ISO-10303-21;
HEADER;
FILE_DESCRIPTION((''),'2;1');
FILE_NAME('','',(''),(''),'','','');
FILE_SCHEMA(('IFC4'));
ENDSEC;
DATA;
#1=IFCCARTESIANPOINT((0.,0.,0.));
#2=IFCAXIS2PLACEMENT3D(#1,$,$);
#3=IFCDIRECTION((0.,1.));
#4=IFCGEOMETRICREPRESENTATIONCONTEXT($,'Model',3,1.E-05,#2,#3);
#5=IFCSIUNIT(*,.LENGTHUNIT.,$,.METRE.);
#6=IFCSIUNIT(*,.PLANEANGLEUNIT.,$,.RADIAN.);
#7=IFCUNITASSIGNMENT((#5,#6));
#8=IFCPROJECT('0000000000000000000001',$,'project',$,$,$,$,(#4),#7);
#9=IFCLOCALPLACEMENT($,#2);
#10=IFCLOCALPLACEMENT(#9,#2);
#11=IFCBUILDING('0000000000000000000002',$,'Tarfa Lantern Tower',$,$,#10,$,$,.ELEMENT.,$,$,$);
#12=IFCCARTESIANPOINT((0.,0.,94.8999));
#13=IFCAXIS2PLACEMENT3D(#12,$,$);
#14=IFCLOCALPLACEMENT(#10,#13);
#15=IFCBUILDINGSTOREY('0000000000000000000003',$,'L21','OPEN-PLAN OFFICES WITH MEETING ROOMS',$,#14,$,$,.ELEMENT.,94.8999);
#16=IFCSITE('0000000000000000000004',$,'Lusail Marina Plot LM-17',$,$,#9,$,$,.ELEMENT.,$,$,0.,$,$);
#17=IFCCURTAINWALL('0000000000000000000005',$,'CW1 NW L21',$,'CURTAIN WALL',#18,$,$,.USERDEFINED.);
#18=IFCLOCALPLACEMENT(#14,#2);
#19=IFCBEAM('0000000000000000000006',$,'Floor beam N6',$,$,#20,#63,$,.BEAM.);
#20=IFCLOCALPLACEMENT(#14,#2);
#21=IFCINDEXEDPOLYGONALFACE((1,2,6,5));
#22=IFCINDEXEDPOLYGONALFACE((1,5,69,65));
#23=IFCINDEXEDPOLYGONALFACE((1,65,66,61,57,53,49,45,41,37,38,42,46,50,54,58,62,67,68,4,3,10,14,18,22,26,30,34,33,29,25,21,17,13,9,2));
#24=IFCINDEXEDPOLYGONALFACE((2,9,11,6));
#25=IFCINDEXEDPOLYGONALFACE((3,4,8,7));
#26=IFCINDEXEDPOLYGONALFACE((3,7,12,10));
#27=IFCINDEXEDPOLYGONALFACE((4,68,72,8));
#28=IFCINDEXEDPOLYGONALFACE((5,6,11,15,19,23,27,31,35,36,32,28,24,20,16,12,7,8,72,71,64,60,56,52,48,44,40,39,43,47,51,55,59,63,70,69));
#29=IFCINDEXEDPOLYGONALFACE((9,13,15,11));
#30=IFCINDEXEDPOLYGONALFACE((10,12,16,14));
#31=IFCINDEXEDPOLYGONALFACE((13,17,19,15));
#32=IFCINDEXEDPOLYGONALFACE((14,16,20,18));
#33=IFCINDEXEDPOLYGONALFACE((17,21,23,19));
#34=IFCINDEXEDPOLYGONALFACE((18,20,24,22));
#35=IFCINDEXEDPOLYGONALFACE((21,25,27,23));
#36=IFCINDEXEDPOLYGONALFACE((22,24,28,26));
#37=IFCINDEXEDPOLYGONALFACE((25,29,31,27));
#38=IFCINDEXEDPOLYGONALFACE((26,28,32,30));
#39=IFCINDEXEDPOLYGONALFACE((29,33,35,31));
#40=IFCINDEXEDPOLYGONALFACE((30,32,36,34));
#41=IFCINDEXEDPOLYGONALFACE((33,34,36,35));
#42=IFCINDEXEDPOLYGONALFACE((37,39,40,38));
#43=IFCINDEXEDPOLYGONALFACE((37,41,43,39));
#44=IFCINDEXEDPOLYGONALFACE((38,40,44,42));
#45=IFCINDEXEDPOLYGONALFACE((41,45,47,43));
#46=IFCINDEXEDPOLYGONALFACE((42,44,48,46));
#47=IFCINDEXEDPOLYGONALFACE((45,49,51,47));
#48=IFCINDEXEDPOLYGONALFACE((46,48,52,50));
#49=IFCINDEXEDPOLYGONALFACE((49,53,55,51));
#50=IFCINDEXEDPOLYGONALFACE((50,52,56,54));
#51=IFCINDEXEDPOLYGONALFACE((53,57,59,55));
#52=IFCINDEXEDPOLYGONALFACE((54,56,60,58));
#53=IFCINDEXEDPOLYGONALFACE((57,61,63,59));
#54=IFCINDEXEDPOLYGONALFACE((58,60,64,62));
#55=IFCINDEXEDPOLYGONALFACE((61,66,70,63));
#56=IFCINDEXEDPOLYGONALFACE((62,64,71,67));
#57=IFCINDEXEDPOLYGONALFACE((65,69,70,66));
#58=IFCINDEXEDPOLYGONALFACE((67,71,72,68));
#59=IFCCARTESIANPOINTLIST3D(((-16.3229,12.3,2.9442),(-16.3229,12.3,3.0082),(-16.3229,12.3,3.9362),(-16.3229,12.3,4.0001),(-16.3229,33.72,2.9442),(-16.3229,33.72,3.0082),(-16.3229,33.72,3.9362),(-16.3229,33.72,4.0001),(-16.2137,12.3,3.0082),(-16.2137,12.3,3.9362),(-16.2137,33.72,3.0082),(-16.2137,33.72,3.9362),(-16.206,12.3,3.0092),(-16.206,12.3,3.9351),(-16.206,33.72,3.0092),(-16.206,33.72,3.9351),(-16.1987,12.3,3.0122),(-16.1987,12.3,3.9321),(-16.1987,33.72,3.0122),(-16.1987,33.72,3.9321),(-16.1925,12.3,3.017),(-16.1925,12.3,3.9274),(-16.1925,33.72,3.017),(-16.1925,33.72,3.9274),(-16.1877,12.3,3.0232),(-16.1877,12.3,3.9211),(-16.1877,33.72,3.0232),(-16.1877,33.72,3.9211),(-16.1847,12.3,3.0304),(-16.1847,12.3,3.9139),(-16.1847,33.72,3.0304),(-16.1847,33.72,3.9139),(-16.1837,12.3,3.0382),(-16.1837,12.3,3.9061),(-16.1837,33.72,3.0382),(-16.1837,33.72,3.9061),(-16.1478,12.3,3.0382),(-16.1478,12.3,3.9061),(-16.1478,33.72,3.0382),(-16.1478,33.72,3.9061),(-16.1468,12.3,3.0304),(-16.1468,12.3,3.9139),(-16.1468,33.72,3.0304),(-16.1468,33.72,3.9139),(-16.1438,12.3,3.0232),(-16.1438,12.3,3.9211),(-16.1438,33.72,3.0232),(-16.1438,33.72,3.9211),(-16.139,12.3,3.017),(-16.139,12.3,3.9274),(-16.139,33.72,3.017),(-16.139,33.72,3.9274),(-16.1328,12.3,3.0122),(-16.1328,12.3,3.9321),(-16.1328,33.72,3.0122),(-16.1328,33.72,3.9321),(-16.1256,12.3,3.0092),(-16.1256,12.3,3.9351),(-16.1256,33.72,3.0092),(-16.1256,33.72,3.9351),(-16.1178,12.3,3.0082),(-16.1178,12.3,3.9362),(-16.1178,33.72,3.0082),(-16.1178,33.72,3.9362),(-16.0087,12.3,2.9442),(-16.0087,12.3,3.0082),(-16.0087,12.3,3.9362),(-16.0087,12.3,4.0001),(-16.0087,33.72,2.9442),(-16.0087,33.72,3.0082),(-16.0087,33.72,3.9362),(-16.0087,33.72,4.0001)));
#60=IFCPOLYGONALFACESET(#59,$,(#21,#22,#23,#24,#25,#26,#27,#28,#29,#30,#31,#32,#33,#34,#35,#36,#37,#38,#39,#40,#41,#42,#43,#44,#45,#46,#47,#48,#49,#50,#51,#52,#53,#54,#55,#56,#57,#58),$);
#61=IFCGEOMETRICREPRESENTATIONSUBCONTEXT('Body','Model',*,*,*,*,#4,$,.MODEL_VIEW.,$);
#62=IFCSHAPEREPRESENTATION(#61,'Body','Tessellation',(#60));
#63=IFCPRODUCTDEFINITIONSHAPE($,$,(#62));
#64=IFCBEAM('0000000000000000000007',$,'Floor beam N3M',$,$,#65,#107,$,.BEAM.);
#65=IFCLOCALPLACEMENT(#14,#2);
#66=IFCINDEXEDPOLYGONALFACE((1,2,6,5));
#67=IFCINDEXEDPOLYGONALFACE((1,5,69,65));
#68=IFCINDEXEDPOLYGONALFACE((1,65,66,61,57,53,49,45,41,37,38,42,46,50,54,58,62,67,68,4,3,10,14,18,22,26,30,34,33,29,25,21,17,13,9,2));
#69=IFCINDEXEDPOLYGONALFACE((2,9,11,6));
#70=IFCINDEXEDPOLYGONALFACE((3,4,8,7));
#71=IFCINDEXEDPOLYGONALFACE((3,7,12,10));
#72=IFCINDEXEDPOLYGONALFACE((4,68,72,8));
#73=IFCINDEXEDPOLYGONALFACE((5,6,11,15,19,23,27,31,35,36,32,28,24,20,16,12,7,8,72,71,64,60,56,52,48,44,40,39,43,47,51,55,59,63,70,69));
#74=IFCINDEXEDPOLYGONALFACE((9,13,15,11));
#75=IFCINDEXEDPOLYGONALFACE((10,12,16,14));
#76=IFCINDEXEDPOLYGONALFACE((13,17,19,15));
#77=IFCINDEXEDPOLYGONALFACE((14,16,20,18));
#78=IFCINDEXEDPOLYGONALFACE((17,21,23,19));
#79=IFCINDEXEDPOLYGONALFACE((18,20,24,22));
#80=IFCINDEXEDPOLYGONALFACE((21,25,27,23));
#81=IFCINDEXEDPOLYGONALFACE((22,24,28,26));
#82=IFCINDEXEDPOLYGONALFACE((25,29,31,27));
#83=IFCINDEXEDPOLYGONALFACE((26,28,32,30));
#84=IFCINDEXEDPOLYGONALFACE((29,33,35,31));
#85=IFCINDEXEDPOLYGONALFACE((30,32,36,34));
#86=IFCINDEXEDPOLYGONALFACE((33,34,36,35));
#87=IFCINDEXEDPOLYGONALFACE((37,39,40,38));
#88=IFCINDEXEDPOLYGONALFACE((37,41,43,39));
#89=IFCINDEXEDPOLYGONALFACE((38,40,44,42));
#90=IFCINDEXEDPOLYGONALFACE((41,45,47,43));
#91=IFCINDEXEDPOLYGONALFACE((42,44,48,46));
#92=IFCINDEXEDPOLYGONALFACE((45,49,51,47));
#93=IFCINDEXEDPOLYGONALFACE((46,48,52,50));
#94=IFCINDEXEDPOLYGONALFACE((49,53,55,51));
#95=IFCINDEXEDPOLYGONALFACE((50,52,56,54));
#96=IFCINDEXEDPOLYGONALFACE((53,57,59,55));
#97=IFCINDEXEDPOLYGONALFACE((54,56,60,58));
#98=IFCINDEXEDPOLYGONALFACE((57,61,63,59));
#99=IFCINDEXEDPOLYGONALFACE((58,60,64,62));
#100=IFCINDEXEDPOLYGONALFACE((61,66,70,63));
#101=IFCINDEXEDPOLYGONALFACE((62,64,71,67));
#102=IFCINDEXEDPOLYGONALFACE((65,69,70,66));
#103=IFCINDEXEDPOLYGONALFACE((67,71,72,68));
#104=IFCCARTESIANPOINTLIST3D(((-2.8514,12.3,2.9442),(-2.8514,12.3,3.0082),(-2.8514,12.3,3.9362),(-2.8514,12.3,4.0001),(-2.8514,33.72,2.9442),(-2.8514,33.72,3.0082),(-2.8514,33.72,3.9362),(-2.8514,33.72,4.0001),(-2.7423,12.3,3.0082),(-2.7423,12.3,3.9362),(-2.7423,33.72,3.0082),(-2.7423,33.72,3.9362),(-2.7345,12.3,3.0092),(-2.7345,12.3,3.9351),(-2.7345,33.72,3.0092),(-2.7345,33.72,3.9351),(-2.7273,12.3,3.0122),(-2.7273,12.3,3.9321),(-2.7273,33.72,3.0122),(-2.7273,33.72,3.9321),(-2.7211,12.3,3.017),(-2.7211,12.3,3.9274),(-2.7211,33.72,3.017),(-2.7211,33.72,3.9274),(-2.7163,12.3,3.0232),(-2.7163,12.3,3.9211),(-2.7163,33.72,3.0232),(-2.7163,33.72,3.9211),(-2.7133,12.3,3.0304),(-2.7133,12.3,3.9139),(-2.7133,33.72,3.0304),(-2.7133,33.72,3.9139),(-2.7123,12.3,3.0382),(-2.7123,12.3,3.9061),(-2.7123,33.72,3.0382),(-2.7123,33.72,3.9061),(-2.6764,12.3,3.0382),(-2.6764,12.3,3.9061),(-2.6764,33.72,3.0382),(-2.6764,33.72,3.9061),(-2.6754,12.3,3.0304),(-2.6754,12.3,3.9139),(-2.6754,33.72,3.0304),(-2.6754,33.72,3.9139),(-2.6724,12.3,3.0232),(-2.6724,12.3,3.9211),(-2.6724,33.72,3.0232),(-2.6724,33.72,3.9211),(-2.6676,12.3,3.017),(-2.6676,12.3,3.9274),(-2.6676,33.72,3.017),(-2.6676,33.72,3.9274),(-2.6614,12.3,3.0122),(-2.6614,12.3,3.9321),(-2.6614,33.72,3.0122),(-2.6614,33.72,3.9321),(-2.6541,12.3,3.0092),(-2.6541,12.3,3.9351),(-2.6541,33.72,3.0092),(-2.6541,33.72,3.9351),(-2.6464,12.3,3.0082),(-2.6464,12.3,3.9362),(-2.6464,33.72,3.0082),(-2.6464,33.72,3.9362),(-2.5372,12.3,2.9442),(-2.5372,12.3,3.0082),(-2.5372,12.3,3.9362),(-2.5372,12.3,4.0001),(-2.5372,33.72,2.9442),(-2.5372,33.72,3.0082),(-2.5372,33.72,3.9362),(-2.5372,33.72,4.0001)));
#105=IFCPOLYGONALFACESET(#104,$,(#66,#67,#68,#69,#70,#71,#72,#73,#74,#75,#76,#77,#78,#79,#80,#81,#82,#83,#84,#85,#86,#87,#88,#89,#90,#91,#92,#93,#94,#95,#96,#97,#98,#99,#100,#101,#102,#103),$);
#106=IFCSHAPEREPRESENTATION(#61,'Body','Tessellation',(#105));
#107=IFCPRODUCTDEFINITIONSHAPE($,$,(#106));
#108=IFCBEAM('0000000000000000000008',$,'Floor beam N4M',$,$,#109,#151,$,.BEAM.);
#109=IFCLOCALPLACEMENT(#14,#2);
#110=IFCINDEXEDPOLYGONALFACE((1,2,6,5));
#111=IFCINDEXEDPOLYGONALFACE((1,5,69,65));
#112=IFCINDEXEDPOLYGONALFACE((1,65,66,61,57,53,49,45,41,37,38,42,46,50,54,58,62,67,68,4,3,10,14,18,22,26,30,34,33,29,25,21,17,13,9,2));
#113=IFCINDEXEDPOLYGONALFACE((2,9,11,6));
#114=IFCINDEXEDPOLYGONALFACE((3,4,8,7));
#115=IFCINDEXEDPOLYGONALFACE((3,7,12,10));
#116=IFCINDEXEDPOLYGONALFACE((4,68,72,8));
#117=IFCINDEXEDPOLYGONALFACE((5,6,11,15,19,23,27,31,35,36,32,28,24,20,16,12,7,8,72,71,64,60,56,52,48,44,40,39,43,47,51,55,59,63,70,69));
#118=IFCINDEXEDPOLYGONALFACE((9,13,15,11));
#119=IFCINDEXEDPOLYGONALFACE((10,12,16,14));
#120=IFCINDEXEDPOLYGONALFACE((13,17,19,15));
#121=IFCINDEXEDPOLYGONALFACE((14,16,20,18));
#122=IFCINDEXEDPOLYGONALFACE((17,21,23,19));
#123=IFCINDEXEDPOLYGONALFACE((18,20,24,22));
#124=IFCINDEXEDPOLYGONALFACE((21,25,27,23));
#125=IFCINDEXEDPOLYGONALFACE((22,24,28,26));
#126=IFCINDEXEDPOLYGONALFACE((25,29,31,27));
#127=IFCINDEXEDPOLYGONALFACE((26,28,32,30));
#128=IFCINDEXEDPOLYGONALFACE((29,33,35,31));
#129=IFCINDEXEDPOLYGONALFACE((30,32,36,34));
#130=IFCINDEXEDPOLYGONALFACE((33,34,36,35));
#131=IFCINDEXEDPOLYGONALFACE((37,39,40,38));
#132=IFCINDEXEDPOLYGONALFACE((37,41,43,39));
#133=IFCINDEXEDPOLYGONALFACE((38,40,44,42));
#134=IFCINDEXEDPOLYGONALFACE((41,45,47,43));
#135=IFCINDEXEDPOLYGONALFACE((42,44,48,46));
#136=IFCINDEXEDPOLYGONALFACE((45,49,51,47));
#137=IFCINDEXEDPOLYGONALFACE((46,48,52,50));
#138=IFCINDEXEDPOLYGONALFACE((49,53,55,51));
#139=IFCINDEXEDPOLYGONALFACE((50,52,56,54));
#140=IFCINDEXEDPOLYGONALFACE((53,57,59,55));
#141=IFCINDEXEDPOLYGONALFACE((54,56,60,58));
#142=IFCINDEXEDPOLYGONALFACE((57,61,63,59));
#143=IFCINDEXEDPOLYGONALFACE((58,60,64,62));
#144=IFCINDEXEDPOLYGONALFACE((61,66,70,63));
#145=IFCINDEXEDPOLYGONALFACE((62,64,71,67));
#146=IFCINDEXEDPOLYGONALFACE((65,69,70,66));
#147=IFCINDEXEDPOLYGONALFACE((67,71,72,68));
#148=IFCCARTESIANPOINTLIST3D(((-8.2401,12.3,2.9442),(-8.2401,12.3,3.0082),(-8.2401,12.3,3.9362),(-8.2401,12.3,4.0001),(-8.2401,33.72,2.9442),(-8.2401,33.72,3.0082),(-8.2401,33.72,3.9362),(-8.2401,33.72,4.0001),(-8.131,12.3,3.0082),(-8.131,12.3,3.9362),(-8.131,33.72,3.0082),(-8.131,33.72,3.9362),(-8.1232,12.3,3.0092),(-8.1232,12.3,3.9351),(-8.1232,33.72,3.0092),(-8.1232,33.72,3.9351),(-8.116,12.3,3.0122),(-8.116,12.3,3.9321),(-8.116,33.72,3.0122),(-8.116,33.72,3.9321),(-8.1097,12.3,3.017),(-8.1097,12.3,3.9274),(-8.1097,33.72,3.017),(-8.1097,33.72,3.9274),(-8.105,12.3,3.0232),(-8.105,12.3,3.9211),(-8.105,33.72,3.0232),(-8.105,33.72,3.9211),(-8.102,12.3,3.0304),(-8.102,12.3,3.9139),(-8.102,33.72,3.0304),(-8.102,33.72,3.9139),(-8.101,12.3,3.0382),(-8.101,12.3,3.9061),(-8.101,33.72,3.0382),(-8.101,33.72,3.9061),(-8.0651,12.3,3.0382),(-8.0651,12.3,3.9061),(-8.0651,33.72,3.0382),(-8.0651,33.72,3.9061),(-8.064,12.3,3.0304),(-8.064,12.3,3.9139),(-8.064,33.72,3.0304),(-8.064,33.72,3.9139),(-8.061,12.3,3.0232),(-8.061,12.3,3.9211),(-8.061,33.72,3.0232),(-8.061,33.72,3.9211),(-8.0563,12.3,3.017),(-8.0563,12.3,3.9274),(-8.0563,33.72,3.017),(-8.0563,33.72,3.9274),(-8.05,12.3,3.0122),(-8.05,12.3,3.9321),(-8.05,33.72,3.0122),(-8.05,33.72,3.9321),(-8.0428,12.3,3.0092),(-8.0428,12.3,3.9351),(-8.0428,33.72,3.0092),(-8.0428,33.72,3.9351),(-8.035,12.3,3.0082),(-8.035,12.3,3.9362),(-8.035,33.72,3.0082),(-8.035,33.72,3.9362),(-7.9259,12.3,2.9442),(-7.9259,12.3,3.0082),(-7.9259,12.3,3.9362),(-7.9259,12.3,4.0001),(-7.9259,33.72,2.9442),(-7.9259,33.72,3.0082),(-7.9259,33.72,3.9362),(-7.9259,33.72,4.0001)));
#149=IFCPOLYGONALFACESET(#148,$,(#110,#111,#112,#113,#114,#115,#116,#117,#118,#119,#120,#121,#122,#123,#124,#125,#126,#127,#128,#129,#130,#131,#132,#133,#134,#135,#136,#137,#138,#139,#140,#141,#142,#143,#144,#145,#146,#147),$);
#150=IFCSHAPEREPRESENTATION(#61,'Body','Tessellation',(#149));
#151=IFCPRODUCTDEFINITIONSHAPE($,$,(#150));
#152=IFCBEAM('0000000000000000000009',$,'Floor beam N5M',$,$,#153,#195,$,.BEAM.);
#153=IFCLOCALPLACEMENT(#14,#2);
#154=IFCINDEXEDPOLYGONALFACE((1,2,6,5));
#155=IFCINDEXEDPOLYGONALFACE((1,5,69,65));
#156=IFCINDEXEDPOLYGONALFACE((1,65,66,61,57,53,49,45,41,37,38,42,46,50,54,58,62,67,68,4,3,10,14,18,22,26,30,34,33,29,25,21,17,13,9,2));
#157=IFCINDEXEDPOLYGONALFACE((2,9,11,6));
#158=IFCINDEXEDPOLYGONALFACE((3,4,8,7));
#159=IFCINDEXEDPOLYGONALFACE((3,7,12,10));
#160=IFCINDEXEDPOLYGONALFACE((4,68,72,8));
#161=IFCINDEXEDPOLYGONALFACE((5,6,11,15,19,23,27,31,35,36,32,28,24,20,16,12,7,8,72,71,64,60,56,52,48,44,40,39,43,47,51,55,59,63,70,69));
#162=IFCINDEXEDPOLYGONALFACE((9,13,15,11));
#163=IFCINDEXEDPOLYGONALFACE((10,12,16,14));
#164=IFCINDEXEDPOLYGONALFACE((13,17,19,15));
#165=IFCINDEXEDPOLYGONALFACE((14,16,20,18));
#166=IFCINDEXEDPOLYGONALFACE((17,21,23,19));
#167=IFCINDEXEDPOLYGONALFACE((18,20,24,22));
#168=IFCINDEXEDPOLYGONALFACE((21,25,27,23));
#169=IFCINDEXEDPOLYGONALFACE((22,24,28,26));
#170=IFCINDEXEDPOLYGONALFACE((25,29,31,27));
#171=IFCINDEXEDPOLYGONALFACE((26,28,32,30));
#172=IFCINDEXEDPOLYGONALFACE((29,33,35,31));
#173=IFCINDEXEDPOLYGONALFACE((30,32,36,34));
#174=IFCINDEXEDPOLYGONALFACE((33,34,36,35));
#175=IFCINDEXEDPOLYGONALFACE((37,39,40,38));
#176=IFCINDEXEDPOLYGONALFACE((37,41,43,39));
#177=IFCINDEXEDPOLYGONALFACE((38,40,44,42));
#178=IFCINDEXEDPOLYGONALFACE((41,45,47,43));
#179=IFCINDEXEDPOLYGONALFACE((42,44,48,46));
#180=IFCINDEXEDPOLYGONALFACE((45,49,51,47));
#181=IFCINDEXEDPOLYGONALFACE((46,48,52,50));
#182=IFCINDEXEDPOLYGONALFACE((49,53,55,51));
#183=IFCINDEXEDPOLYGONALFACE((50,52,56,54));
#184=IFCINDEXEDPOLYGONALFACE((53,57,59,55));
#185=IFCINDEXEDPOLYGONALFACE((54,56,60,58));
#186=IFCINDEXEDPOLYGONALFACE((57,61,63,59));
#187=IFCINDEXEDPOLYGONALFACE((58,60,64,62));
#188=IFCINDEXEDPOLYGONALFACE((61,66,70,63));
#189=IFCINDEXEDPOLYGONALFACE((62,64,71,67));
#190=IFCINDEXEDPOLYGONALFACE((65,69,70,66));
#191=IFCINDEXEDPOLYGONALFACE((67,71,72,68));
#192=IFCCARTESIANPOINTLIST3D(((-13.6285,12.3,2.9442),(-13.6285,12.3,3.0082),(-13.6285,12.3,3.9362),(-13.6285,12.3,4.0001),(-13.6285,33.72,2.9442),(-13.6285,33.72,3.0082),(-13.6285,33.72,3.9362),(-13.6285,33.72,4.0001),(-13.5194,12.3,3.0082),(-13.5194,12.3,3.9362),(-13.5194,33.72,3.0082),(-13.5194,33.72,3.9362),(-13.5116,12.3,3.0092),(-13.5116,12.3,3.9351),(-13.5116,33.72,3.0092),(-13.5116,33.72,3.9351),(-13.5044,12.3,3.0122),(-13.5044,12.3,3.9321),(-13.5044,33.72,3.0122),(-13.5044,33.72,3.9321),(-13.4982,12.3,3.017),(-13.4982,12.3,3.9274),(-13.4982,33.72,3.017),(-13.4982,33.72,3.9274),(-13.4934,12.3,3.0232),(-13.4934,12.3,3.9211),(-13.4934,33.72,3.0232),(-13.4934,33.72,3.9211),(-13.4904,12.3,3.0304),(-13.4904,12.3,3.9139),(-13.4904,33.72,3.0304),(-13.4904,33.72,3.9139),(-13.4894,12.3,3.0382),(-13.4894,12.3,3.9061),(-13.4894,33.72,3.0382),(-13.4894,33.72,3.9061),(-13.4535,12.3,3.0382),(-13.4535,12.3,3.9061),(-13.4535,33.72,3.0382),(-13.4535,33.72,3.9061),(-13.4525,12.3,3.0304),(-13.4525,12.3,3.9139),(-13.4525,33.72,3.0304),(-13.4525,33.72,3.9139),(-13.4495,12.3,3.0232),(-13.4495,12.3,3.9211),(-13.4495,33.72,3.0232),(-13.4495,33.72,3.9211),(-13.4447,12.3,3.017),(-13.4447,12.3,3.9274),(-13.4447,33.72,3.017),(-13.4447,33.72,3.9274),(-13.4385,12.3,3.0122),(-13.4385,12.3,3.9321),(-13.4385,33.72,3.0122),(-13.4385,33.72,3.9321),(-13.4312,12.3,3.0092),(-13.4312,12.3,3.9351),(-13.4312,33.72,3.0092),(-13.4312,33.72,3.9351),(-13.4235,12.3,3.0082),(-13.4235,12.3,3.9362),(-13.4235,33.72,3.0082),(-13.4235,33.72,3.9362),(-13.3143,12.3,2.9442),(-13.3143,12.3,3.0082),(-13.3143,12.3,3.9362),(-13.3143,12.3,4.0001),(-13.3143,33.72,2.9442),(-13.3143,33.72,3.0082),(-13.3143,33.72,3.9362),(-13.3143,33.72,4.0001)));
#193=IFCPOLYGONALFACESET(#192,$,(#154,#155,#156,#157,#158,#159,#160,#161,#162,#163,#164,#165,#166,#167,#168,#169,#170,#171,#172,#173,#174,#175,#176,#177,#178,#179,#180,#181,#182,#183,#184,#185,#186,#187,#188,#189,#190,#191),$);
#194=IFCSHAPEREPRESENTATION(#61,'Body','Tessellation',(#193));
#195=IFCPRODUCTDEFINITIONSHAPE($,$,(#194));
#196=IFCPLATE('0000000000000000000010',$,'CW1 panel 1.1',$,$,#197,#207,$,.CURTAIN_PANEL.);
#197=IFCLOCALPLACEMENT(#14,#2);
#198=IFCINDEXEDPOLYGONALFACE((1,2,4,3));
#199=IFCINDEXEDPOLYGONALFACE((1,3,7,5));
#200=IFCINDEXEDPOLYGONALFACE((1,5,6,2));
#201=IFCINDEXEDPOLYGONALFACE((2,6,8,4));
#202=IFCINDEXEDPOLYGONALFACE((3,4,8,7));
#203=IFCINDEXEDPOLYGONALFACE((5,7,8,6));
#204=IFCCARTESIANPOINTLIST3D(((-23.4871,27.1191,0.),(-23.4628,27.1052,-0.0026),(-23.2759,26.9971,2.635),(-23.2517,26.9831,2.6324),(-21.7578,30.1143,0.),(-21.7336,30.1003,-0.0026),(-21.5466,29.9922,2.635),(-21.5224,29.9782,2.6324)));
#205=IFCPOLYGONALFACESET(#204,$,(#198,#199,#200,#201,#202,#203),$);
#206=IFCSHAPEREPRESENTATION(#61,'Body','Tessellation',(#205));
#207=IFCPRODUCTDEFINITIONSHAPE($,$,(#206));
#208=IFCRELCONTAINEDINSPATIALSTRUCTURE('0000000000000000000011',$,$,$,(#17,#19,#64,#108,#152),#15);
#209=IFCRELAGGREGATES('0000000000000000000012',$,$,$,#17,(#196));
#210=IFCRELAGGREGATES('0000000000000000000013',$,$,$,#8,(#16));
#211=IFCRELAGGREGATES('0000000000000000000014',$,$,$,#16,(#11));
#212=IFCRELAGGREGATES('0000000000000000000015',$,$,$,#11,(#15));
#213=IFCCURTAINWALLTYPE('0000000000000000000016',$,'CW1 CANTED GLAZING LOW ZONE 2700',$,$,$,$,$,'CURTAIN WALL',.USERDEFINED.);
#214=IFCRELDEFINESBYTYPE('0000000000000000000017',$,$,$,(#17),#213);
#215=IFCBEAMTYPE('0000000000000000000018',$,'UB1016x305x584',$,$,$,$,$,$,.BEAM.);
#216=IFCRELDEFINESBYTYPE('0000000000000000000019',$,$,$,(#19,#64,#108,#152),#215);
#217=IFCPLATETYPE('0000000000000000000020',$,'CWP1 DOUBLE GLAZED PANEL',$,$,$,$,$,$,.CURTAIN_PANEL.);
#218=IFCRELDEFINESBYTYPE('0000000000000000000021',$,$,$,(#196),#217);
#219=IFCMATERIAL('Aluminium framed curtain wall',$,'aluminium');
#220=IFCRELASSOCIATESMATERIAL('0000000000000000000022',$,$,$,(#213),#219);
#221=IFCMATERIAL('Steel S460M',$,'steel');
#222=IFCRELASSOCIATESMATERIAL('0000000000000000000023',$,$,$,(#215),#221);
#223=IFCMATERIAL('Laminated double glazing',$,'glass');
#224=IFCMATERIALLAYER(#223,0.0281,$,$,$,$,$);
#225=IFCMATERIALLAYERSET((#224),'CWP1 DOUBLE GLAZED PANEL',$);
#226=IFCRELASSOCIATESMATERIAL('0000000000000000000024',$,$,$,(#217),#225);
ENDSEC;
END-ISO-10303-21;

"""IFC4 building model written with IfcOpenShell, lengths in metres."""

from ifc_helpers import new_model, si_unit, direction, frame, origin, origin_2d, place, context, subcontext, project, spatial, polyline, i_section, outline, extrude, material, layer, layer_set, material_profile, profile_set, type_object, element, aggregate, save


model = new_model("IFC4")

# Units and contexts
model_context = context("Model", 3, precision=1e-05, world=origin(), true_north=direction((0.0, 1.0)))
body_context = subcontext(model_context, "Body", "Model", "MODEL_VIEW")
ifc_project = project(units=[si_unit("LENGTHUNIT", "METRE"), si_unit("PLANEANGLEUNIT", "RADIAN")], contexts=[model_context])

# Site, building, storey
site_placement = place(None, origin())
site = spatial("IfcSite", under=ifc_project, at=site_placement, Name="Lusail Marina Plot LM-17", CompositionType="ELEMENT", RefElevation=0.0)
building_placement = place(site_placement, origin())
building = spatial("IfcBuilding", under=site, at=building_placement, Name="Tarfa Lantern Tower", CompositionType="ELEMENT")
storey_placement = place(building_placement, frame((0.0, 0.0, 94.8999)))
storey = spatial("IfcBuildingStorey", under=building, at=storey_placement, Name="L21", Description="OPEN-PLAN OFFICES WITH MEETING ROOMS", CompositionType="ELEMENT", Elevation=94.8999)

# Curtain wall
ifc_material_1 = material(Name="Aluminium framed curtain wall", Category="aluminium")
curtain_wall_type = type_object("IfcCurtainWallType", Name="CW1 CANTED GLAZING LOW ZONE 2700", ElementType="CURTAIN WALL", PredefinedType="USERDEFINED", material=ifc_material_1)
curtain_wall_placement = place(storey_placement, origin())
curtain_wall = element("IfcCurtainWall", 1, at=curtain_wall_placement, inside=storey, type_object=curtain_wall_type, Name="CW1 NW L21", ObjectType="CURTAIN WALL", PredefinedType="USERDEFINED")

# Beams
ifc_material_2 = material(Name="Steel S460M", Category="steel")
ifc_material_profile_1 = material_profile(ifc_material_2, i_section(OverallWidth=0.3142, OverallDepth=1.0559, WebThickness=0.0359, FlangeThickness=0.064, FilletRadius=0.03, at=origin_2d()), Name="UB1016x305x584")
ifc_profile_set_1 = profile_set([ifc_material_profile_1], Name="Steel S460M")
beam_type_1 = type_object("IfcBeamType", Name="UB1016x305x584", PredefinedType="BEAM", material=ifc_profile_set_1)
for number, where, z_axis, x_axis, name in (
    (2, (-16.1658, 33.72, 3.4722), (0.0, -1.0, 0.0), (1.0, 0.0, 0.0), "Floor beam N6"),
    (3, (-2.6943, 33.72, 3.4722), (0.0, -1.0, 0.0), (1.0, 0.0, 0.0), "Floor beam N3M"),
    (4, (-8.083, 33.72, 3.4722), (0.0, -1.0, 0.0), (1.0, 0.0, 0.0), "Floor beam N4M"),
    (5, (-13.4714, 33.72, 3.4722), (0.0, -1.0, 0.0), (1.0, 0.0, 0.0), "Floor beam N5M"),
):
    element("IfcBeam", number, at=place(storey_placement, frame(where, z_axis=z_axis, x_axis=x_axis)), inside=storey, type_object=beam_type_1, Name=name, PredefinedType="BEAM", context=body_context, shape_type="SweptSolid", body=[
        extrude(i_section(OverallWidth=0.3142, OverallDepth=1.0559, WebThickness=0.0359, FlangeThickness=0.064, FilletRadius=0.03, at=origin_2d()), origin(), (0.0, 0.0, 1.0), 21.4199),
    ])

# Plate
ifc_material_3 = material(Name="Laminated double glazing", Category="glass")
ifc_layer_1 = layer(ifc_material_3, 0.0281)
ifc_layer_set_1 = layer_set([ifc_layer_1], Name="CWP1 DOUBLE GLAZED PANEL")
plate_type_1 = type_object("IfcPlateType", Name="CWP1 DOUBLE GLAZED PANEL", PredefinedType="CURTAIN_PANEL", material=ifc_layer_set_1)
plate_1_placement = place(storey_placement, frame((-21.7578, 30.1143, 0.0), z_axis=(-0.862336, 0.497875, 0.092176), x_axis=(-0.500004, -0.866023, 0.0)))
plate_1 = element("IfcPlate", 6, at=plate_1_placement, type_object=plate_type_1, Name="CW1 panel 1.1", PredefinedType="CURTAIN_PANEL", context=body_context, shape_type="SweptSolid", body=[
    extrude(outline(polyline([(0.0, 0.0), (3.4585, 0.0), (3.4586, 2.6463), (0.0001, 2.6463), (0.0, 0.0)])), origin(), (0.0, 0.0, -1.0), 0.0281),
])
aggregate(curtain_wall, [plate_1])

save(model, "model.ifc")
